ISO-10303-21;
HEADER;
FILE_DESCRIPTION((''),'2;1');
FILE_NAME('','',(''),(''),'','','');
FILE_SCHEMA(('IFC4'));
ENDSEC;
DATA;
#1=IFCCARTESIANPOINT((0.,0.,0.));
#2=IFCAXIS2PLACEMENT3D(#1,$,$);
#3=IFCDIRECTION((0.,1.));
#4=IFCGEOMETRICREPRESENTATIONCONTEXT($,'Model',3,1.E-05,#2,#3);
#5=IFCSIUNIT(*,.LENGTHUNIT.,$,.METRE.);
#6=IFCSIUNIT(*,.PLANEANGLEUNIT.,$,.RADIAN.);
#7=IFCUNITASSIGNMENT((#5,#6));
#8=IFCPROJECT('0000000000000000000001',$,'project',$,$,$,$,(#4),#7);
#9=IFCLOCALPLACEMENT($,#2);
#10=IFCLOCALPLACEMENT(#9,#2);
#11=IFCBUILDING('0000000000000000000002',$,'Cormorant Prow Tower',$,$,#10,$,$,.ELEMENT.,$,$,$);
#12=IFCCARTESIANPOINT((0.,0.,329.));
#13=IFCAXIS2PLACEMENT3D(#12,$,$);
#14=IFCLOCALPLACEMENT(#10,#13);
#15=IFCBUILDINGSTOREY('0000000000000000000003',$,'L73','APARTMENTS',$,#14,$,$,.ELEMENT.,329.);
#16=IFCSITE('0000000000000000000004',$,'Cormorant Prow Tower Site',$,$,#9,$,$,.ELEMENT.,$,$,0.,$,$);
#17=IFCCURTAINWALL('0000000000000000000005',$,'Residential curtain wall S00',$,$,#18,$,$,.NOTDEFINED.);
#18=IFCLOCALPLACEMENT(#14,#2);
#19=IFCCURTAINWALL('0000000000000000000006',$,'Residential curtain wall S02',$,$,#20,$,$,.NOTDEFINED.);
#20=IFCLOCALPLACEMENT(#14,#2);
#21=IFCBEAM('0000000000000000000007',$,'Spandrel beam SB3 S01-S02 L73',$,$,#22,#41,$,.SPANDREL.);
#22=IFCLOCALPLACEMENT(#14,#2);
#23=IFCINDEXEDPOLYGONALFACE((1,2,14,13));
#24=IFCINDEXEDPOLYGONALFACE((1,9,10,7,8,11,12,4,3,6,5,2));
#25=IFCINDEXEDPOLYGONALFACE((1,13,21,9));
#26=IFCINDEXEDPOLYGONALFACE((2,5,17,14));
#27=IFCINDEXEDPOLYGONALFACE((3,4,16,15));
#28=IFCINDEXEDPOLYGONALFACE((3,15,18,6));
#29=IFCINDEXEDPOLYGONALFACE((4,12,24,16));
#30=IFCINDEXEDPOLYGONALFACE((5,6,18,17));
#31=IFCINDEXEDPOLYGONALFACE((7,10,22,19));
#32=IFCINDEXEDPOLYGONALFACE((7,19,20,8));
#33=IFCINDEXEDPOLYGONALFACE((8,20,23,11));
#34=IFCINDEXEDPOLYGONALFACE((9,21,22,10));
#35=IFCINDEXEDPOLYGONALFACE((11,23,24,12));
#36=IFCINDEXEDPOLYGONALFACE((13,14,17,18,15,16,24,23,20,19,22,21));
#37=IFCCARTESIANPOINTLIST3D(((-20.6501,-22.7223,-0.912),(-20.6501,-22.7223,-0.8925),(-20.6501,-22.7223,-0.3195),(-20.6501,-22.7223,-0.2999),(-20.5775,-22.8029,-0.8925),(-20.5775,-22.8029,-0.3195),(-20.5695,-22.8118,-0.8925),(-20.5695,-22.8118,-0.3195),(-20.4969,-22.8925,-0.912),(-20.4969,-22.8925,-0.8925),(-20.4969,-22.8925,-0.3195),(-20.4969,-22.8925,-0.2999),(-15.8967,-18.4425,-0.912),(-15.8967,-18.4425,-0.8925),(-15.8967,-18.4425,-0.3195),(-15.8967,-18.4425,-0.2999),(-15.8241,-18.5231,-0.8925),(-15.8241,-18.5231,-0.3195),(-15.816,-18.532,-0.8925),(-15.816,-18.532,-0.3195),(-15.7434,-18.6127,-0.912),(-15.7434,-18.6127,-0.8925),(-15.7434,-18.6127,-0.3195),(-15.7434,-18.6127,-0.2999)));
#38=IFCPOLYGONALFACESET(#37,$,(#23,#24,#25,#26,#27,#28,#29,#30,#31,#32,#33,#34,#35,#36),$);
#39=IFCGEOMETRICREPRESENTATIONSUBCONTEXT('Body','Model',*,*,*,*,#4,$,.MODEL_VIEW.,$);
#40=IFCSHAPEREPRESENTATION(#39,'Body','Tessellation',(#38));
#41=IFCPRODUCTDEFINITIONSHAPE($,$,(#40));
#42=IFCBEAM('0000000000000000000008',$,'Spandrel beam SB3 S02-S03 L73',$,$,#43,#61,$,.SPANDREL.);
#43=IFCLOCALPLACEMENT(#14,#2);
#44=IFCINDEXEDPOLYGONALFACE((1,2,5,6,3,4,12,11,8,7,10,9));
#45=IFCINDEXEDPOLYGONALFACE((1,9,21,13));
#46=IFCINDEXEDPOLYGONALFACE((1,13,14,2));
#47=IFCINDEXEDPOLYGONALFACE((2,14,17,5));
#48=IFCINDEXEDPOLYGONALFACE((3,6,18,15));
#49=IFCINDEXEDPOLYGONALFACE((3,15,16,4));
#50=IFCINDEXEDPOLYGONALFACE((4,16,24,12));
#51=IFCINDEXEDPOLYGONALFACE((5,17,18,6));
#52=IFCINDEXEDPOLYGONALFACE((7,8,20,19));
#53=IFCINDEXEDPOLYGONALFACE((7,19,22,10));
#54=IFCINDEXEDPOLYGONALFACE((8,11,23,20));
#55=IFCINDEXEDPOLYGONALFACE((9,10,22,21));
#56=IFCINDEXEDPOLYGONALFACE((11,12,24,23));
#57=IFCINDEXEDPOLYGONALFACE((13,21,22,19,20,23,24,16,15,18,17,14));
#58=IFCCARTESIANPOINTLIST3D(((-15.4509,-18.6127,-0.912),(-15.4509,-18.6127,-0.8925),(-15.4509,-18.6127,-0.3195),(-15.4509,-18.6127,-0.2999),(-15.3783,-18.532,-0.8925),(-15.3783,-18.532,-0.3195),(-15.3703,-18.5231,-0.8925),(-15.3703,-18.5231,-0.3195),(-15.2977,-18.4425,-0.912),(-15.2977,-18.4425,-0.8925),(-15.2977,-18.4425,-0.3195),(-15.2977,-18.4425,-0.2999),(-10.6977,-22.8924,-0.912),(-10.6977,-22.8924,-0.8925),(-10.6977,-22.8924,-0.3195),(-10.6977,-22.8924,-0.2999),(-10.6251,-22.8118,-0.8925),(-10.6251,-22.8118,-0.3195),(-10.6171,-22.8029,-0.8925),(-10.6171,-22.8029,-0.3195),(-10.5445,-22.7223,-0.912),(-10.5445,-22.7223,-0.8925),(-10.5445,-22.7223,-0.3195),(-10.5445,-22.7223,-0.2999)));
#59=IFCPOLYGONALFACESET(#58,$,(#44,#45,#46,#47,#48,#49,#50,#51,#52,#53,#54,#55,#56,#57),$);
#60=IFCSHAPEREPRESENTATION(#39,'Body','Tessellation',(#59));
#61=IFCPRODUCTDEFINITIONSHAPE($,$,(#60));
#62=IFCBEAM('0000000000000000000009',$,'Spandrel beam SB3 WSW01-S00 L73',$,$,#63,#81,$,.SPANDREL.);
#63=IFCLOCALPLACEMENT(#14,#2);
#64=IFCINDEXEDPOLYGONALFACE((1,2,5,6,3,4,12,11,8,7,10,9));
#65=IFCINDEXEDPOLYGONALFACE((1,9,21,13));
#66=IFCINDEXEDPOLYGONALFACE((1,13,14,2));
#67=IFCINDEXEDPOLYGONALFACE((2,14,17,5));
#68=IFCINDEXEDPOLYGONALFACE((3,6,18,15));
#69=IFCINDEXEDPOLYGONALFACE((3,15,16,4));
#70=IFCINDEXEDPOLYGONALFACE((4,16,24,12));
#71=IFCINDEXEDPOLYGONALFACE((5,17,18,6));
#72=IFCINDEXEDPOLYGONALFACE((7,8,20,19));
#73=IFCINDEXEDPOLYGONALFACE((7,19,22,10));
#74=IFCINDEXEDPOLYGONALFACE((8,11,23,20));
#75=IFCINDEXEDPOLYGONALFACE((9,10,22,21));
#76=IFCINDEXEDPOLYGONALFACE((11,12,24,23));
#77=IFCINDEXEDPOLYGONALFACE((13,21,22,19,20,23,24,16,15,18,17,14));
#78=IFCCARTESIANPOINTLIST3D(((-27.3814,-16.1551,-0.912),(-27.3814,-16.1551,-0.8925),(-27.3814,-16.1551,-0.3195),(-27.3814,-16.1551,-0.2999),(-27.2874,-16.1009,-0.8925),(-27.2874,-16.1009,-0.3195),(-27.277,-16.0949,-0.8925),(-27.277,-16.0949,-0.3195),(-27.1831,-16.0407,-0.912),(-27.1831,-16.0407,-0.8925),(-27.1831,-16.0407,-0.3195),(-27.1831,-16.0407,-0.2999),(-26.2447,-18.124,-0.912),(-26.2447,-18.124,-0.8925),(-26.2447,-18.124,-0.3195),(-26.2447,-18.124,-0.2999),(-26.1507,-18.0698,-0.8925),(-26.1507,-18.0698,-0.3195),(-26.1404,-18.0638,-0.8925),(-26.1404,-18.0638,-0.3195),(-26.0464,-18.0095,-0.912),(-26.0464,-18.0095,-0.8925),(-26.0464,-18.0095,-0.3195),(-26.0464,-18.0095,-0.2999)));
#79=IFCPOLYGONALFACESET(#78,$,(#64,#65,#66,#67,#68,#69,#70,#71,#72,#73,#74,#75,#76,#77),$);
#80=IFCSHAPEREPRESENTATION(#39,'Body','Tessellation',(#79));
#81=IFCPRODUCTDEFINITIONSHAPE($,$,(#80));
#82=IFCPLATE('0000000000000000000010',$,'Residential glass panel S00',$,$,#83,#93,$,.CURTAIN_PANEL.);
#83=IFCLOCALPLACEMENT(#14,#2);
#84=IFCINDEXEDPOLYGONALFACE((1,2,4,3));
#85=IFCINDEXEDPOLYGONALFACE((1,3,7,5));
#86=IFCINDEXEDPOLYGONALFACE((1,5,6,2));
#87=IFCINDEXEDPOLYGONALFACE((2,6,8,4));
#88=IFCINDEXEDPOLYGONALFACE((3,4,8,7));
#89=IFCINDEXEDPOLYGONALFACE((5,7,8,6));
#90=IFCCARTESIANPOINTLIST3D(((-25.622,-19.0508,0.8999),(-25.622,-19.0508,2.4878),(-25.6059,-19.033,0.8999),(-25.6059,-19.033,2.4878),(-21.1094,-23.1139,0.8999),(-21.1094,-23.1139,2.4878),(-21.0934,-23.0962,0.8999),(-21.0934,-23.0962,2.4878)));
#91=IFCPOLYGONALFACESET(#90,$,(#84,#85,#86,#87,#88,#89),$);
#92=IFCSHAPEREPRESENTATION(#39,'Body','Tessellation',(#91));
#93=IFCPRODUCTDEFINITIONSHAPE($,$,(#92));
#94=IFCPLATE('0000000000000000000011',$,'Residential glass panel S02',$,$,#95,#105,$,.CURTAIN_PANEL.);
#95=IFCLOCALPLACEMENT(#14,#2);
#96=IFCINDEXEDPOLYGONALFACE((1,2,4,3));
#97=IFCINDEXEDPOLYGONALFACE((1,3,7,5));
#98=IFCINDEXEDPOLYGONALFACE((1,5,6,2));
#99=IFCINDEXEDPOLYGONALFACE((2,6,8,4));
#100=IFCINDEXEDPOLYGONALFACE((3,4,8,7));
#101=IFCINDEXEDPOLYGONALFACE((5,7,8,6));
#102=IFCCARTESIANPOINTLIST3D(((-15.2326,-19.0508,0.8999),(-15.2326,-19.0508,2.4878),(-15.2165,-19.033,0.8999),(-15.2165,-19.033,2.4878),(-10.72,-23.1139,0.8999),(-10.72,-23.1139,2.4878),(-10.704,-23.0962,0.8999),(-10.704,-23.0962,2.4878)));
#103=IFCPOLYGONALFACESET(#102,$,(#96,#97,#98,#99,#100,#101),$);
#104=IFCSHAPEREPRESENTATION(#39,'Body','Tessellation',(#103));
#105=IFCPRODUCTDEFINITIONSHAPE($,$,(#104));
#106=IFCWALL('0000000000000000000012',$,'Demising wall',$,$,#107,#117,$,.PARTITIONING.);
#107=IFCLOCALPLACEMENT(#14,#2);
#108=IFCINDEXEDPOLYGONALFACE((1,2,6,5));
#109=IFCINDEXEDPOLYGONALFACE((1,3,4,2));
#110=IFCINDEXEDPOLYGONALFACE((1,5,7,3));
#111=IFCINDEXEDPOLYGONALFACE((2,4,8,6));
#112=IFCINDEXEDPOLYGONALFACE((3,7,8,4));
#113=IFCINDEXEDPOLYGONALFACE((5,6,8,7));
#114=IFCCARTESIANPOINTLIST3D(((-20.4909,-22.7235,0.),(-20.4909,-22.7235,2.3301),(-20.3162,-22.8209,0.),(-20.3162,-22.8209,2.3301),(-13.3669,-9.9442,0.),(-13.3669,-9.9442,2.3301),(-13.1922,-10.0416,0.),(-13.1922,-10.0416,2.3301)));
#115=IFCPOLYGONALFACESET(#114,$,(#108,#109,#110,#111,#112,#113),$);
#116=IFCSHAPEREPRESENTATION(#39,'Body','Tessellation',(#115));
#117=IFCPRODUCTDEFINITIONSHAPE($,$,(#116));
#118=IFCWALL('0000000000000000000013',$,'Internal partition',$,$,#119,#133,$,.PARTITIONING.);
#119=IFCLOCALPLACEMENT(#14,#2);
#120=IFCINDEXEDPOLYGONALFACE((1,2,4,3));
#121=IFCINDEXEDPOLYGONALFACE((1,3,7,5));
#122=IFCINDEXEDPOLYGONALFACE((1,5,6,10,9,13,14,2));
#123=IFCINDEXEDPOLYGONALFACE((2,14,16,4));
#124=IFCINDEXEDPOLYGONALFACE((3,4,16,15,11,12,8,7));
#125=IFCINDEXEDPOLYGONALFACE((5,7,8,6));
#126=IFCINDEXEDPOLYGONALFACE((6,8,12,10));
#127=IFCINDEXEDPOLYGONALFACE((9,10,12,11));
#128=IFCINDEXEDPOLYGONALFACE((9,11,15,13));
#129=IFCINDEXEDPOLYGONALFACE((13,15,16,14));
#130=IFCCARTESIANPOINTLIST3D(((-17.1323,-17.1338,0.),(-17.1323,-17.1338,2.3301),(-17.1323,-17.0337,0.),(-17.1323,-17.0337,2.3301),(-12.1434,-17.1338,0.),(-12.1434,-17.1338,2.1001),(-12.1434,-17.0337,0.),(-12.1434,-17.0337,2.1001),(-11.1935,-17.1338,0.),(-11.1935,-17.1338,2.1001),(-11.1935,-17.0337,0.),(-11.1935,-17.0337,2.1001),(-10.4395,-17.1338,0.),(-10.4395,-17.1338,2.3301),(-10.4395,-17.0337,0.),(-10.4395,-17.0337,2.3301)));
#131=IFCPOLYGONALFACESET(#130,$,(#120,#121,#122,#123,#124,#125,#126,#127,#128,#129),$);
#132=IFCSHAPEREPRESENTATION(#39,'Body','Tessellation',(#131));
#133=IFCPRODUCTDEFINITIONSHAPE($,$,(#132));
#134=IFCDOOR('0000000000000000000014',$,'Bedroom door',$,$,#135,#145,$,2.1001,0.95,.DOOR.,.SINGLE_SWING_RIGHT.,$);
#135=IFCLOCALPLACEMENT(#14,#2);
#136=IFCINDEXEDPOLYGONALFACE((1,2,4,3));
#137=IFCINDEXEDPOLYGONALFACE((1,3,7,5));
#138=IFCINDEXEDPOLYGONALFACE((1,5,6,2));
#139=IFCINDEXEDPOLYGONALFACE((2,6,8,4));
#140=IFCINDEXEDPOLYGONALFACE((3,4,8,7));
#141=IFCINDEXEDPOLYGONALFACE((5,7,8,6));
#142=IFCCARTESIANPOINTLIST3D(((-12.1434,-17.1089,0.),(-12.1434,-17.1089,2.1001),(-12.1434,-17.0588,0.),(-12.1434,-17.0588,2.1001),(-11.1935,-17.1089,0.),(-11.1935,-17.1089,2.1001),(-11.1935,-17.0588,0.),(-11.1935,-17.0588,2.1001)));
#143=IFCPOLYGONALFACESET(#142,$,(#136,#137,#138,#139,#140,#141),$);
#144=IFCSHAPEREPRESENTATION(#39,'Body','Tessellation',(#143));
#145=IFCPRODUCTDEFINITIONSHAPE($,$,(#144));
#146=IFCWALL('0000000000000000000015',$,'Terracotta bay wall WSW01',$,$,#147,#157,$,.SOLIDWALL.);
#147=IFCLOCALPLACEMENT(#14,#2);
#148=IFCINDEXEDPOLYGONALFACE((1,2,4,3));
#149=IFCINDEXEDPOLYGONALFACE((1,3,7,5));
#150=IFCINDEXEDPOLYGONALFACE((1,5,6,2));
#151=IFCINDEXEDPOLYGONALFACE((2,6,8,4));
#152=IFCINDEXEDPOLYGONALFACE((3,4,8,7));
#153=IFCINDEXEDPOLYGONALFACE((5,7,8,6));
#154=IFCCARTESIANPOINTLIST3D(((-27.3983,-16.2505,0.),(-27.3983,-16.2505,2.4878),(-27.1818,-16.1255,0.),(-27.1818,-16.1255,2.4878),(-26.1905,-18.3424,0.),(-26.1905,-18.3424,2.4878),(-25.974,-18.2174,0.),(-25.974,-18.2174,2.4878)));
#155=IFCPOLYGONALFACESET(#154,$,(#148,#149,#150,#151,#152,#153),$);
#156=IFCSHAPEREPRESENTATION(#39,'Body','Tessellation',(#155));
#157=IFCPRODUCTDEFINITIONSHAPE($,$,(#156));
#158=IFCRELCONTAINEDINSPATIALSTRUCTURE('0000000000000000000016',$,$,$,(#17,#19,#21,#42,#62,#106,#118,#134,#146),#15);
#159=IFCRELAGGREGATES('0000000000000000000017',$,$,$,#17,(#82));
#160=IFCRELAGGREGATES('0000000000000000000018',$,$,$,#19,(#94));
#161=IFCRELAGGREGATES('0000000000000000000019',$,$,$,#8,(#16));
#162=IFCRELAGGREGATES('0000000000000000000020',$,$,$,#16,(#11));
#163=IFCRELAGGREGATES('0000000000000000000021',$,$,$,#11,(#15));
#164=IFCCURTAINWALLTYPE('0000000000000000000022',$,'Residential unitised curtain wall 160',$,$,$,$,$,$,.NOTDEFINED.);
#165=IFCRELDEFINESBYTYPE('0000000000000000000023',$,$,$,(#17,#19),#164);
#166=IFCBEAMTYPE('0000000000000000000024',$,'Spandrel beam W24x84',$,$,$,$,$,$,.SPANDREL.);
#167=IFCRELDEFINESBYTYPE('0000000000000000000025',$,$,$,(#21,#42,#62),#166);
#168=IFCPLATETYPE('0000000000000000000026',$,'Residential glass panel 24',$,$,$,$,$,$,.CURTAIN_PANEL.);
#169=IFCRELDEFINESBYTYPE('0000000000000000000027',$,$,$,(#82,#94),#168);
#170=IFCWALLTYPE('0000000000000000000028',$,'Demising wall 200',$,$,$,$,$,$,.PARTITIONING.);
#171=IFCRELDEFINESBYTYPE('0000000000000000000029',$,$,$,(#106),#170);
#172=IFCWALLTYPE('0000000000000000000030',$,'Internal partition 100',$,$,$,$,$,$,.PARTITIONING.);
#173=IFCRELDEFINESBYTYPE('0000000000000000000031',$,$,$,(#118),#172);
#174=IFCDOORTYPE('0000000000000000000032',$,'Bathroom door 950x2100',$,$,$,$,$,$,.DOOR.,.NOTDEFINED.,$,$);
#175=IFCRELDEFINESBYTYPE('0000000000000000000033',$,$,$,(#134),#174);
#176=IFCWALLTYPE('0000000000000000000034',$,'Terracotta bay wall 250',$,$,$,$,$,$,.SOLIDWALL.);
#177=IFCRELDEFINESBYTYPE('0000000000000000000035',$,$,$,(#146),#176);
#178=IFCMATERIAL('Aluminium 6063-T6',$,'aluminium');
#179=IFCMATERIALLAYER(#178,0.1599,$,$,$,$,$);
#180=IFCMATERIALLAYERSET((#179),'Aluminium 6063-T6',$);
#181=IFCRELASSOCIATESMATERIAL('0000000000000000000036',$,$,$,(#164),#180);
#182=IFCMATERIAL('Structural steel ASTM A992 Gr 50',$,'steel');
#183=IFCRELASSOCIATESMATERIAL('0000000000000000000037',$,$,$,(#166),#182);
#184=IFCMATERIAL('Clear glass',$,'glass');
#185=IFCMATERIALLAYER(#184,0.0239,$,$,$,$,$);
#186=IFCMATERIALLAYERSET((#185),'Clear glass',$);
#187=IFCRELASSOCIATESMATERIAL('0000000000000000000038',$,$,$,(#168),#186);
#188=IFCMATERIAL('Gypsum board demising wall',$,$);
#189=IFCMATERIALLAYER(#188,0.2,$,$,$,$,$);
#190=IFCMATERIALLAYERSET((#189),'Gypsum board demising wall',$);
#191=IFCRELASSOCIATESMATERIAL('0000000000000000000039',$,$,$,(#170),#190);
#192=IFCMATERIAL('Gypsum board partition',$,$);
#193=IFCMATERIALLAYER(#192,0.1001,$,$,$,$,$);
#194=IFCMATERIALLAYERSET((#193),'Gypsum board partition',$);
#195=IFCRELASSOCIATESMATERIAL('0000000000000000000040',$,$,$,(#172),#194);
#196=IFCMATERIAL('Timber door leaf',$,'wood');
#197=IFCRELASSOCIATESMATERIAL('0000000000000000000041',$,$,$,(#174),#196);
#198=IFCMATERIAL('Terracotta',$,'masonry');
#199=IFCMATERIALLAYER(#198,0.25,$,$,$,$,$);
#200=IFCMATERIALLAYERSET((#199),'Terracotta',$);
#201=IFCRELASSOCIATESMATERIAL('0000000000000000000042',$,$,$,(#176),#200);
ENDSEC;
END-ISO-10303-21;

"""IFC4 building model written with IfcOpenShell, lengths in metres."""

from ifc_helpers import new_model, si_unit, direction, frame, frame_2d, origin, origin_2d, place, context, subcontext, project, spatial, rectangle, i_section, extrude, material, layer, layer_set, material_profile, profile_set, type_object, element, fill, aggregate, save


model = new_model("IFC4")

# Units and contexts
model_context = context("Model", 3, precision=1e-05, world=origin(), true_north=direction((0.0, 1.0)))
body_context = subcontext(model_context, "Body", "Model", "MODEL_VIEW")
ifc_project = project(units=[si_unit("LENGTHUNIT", "METRE"), si_unit("PLANEANGLEUNIT", "RADIAN")], contexts=[model_context])

# Site, building, storey
site_placement = place(None, origin())
site = spatial("IfcSite", under=ifc_project, at=site_placement, Name="Cormorant Prow Tower Site", CompositionType="ELEMENT", RefElevation=0.0)
building_placement = place(site_placement, origin())
building = spatial("IfcBuilding", under=site, at=building_placement, Name="Cormorant Prow Tower", CompositionType="ELEMENT")
storey_placement = place(building_placement, frame((0.0, 0.0, 329.0)))
storey = spatial("IfcBuildingStorey", under=building, at=storey_placement, Name="L73", Description="APARTMENTS", CompositionType="ELEMENT", Elevation=329.0)

# Curtain walls
ifc_material_1 = material(Name="Aluminium 6063-T6", Category="aluminium")
ifc_layer_1 = layer(ifc_material_1, 0.1599)
ifc_layer_set_1 = layer_set([ifc_layer_1], Name="Aluminium 6063-T6")
curtain_wall_type = type_object("IfcCurtainWallType", Name="Residential unitised curtain wall 160", PredefinedType="NOTDEFINED", material=ifc_layer_set_1)
curtain_wall_1_placement = place(storey_placement, origin())
curtain_wall_1 = element("IfcCurtainWall", 1, at=curtain_wall_1_placement, inside=storey, type_object=curtain_wall_type, Name="Residential curtain wall S00", PredefinedType="NOTDEFINED")
curtain_wall_2_placement = place(storey_placement, origin())
curtain_wall_2 = element("IfcCurtainWall", 2, at=curtain_wall_2_placement, inside=storey, type_object=curtain_wall_type, Name="Residential curtain wall S02", PredefinedType="NOTDEFINED")

# Beams
ifc_material_2 = material(Name="Structural steel ASTM A992 Gr 50", Category="steel")
ifc_material_profile_1 = material_profile(ifc_material_2, i_section(OverallWidth=0.229, OverallDepth=0.6121, WebThickness=0.012, FlangeThickness=0.0195, at=origin_2d()), Name="W24x84")
ifc_profile_set_1 = profile_set([ifc_material_profile_1], Name="Structural steel ASTM A992 Gr 50")
beam_type = type_object("IfcBeamType", Name="Spandrel beam W24x84", PredefinedType="SPANDREL", material=ifc_profile_set_1)
beam_1_placement = place(storey_placement, frame((-20.5735, -22.8074, -0.606), z_axis=(0.743161, 0.669112, 0.0), x_axis=(-0.669112, 0.743161, 0.0)))
element("IfcBeam", 3, at=beam_1_placement, inside=storey, type_object=beam_type, Name="Spandrel beam SB3 S01-S02 L73", PredefinedType="SPANDREL", context=body_context, shape_type="SweptSolid", body=[
    extrude(i_section(OverallWidth=0.229, OverallDepth=0.6121, WebThickness=0.012, FlangeThickness=0.0195, at=origin_2d()), origin(), (0.0, 0.0, 1.0), 6.3962),
])
beam_2_placement = place(storey_placement, frame((-15.3743, -18.5276, -0.606), z_axis=(0.743144, -0.669131, 0.0), x_axis=(0.669131, 0.743144, 0.0)))
element("IfcBeam", 4, at=beam_2_placement, inside=storey, type_object=beam_type, Name="Spandrel beam SB3 S02-S03 L73", PredefinedType="SPANDREL", context=body_context, shape_type="SweptSolid", body=[
    extrude(i_section(OverallWidth=0.229, OverallDepth=0.6121, WebThickness=0.012, FlangeThickness=0.0195, at=origin_2d()), origin(), (0.0, 0.0, 1.0), 6.396),
])
beam_3_placement = place(storey_placement, frame((-27.2822, -16.0979, -0.606), z_axis=(0.499973, -0.866041, 0.0), x_axis=(0.866041, 0.499973, 0.0)))
element("IfcBeam", 5, at=beam_3_placement, inside=storey, type_object=beam_type, Name="Spandrel beam SB3 WSW01-S00 L73", PredefinedType="SPANDREL", context=body_context, shape_type="SweptSolid", body=[
    extrude(i_section(OverallWidth=0.229, OverallDepth=0.6121, WebThickness=0.012, FlangeThickness=0.0195, at=origin_2d()), origin(), (0.0, 0.0, 1.0), 2.2734),
])

# Plates
ifc_material_3 = material(Name="Clear glass", Category="glass")
ifc_layer_2 = layer(ifc_material_3, 0.0239)
ifc_layer_set_2 = layer_set([ifc_layer_2], Name="Clear glass")
plate_type = type_object("IfcPlateType", Name="Residential glass panel 24", PredefinedType="CURTAIN_PANEL", material=ifc_layer_set_2)
plate_1_placement = place(storey_placement, frame((-23.3577, -21.0735, 0.8999), z_axis=(0.0, 0.0, 1.0), x_axis=(0.743145, -0.669131, 0.0)))
plate_1 = element("IfcPlate", 6, at=plate_1_placement, type_object=plate_type, Name="Residential glass panel S00", PredefinedType="CURTAIN_PANEL", context=body_context, shape_type="SweptSolid", body=[
    extrude(rectangle(XDim=6.0723, YDim=0.0239, at=origin_2d()), origin(), (0.0, 0.0, 1.0), 1.5879),
])
aggregate(curtain_wall_1, [plate_1])
plate_2_placement = place(storey_placement, frame((-12.9683, -21.0735, 0.8999), z_axis=(0.0, 0.0, 1.0), x_axis=(0.743145, -0.669131, 0.0)))
plate_2 = element("IfcPlate", 7, at=plate_2_placement, type_object=plate_type, Name="Residential glass panel S02", PredefinedType="CURTAIN_PANEL", context=body_context, shape_type="SweptSolid", body=[
    extrude(rectangle(XDim=6.0723, YDim=0.0239, at=origin_2d()), origin(), (0.0, 0.0, 1.0), 1.5879),
])
aggregate(curtain_wall_2, [plate_2])

# Wall
ifc_material_4 = material(Name="Gypsum board demising wall")
ifc_layer_3 = layer(ifc_material_4, 0.2)
ifc_layer_set_3 = layer_set([ifc_layer_3], Name="Gypsum board demising wall")
wall_type_1 = type_object("IfcWallType", Name="Demising wall 200", PredefinedType="PARTITIONING", material=ifc_layer_set_3)
wall_1_placement = place(storey_placement, frame((-20.4036, -22.7722, 0.0), z_axis=(0.0, 0.0, 1.0), x_axis=(0.486918, 0.873448, 0.0)))
element("IfcWall", 8, at=wall_1_placement, inside=storey, type_object=wall_type_1, Name="Demising wall", PredefinedType="PARTITIONING", context=body_context, shape_type="SweptSolid", body=[
    extrude(rectangle(XDim=14.6309, YDim=0.2, at=frame_2d((7.3154, 0.0))), origin(), (0.0, 0.0, 1.0), 2.3301),
])

# Wall, opening, door
ifc_material_5 = material(Name="Gypsum board partition")
ifc_layer_4 = layer(ifc_material_5, 0.1001)
ifc_layer_set_4 = layer_set([ifc_layer_4], Name="Gypsum board partition")
wall_type_2 = type_object("IfcWallType", Name="Internal partition 100", PredefinedType="PARTITIONING", material=ifc_layer_set_4)
wall_2_placement = place(storey_placement, frame((-17.1323, -17.0837, 0.0), z_axis=(0.0, 0.0, 1.0), x_axis=(1.0, 0.0, 0.0)))
wall_2 = element("IfcWall", 9, at=wall_2_placement, inside=storey, type_object=wall_type_2, Name="Internal partition", PredefinedType="PARTITIONING", context=body_context, shape_type="SweptSolid", body=[
    extrude(rectangle(XDim=6.6929, YDim=0.1001, at=frame_2d((3.3464, 0.0))), origin(), (0.0, 0.0, 1.0), 2.3301),
])
opening_1_placement = place(wall_2_placement, frame((4.9888, 0.0, 0.0)))
opening_1 = element("IfcOpeningElement", 10, at=opening_1_placement, cuts=wall_2, PredefinedType="OPENING", context=body_context, shape_type="SweptSolid", body=[
    extrude(rectangle(XDim=0.95, YDim=2.1001, at=frame_2d((0.4751, 1.05))), frame((0.0, 0.0601, 0.0), z_axis=(0.0, -1.0, 0.0), x_axis=(1.0, 0.0, 0.0)), (0.0, 0.0, 1.0), 0.1201),
])
ifc_material_6 = material(Name="Timber door leaf", Category="wood")
door_type_1 = type_object("IfcDoorType", Name="Bathroom door 950x2100", OperationType="NOTDEFINED", PredefinedType="DOOR", material=ifc_material_6)
door_1_placement = place(opening_1_placement, origin())
door_1 = element("IfcDoor", 11, at=door_1_placement, inside=storey, type_object=door_type_1, Name="Bedroom door", OperationType="SINGLE_SWING_RIGHT", OverallHeight=2.1001, OverallWidth=0.95, PredefinedType="DOOR", context=body_context, shape_type="SweptSolid", body=[
    extrude(rectangle(XDim=0.95, YDim=2.1001, at=frame_2d((0.4751, 1.05))), frame((0.0, 0.0249, 0.0), z_axis=(0.0, -1.0, 0.0), x_axis=(1.0, 0.0, 0.0)), (0.0, 0.0, 1.0), 0.05),
])
fill(opening_1, door_1)

# Wall
ifc_material_7 = material(Name="Terracotta", Category="masonry")
ifc_layer_5 = layer(ifc_material_7, 0.25)
ifc_layer_set_5 = layer_set([ifc_layer_5], Name="Terracotta")
wall_type_3 = type_object("IfcWallType", Name="Terracotta bay wall 250", PredefinedType="SOLIDWALL", material=ifc_layer_set_5)
wall_3_placement = place(storey_placement, frame((-27.29, -16.188, 0.0), z_axis=(0.0, 0.0, 1.0), x_axis=(0.50002, -0.866014, 0.0)))
element("IfcWall", 12, at=wall_3_placement, inside=storey, type_object=wall_type_3, Name="Terracotta bay wall WSW01", PredefinedType="SOLIDWALL", context=body_context, shape_type="SweptSolid", body=[
    extrude(rectangle(XDim=2.4155, YDim=0.25, at=frame_2d((1.2078, 0.0))), origin(), (0.0, 0.0, 1.0), 2.4878),
])

save(model, "model.ifc")
